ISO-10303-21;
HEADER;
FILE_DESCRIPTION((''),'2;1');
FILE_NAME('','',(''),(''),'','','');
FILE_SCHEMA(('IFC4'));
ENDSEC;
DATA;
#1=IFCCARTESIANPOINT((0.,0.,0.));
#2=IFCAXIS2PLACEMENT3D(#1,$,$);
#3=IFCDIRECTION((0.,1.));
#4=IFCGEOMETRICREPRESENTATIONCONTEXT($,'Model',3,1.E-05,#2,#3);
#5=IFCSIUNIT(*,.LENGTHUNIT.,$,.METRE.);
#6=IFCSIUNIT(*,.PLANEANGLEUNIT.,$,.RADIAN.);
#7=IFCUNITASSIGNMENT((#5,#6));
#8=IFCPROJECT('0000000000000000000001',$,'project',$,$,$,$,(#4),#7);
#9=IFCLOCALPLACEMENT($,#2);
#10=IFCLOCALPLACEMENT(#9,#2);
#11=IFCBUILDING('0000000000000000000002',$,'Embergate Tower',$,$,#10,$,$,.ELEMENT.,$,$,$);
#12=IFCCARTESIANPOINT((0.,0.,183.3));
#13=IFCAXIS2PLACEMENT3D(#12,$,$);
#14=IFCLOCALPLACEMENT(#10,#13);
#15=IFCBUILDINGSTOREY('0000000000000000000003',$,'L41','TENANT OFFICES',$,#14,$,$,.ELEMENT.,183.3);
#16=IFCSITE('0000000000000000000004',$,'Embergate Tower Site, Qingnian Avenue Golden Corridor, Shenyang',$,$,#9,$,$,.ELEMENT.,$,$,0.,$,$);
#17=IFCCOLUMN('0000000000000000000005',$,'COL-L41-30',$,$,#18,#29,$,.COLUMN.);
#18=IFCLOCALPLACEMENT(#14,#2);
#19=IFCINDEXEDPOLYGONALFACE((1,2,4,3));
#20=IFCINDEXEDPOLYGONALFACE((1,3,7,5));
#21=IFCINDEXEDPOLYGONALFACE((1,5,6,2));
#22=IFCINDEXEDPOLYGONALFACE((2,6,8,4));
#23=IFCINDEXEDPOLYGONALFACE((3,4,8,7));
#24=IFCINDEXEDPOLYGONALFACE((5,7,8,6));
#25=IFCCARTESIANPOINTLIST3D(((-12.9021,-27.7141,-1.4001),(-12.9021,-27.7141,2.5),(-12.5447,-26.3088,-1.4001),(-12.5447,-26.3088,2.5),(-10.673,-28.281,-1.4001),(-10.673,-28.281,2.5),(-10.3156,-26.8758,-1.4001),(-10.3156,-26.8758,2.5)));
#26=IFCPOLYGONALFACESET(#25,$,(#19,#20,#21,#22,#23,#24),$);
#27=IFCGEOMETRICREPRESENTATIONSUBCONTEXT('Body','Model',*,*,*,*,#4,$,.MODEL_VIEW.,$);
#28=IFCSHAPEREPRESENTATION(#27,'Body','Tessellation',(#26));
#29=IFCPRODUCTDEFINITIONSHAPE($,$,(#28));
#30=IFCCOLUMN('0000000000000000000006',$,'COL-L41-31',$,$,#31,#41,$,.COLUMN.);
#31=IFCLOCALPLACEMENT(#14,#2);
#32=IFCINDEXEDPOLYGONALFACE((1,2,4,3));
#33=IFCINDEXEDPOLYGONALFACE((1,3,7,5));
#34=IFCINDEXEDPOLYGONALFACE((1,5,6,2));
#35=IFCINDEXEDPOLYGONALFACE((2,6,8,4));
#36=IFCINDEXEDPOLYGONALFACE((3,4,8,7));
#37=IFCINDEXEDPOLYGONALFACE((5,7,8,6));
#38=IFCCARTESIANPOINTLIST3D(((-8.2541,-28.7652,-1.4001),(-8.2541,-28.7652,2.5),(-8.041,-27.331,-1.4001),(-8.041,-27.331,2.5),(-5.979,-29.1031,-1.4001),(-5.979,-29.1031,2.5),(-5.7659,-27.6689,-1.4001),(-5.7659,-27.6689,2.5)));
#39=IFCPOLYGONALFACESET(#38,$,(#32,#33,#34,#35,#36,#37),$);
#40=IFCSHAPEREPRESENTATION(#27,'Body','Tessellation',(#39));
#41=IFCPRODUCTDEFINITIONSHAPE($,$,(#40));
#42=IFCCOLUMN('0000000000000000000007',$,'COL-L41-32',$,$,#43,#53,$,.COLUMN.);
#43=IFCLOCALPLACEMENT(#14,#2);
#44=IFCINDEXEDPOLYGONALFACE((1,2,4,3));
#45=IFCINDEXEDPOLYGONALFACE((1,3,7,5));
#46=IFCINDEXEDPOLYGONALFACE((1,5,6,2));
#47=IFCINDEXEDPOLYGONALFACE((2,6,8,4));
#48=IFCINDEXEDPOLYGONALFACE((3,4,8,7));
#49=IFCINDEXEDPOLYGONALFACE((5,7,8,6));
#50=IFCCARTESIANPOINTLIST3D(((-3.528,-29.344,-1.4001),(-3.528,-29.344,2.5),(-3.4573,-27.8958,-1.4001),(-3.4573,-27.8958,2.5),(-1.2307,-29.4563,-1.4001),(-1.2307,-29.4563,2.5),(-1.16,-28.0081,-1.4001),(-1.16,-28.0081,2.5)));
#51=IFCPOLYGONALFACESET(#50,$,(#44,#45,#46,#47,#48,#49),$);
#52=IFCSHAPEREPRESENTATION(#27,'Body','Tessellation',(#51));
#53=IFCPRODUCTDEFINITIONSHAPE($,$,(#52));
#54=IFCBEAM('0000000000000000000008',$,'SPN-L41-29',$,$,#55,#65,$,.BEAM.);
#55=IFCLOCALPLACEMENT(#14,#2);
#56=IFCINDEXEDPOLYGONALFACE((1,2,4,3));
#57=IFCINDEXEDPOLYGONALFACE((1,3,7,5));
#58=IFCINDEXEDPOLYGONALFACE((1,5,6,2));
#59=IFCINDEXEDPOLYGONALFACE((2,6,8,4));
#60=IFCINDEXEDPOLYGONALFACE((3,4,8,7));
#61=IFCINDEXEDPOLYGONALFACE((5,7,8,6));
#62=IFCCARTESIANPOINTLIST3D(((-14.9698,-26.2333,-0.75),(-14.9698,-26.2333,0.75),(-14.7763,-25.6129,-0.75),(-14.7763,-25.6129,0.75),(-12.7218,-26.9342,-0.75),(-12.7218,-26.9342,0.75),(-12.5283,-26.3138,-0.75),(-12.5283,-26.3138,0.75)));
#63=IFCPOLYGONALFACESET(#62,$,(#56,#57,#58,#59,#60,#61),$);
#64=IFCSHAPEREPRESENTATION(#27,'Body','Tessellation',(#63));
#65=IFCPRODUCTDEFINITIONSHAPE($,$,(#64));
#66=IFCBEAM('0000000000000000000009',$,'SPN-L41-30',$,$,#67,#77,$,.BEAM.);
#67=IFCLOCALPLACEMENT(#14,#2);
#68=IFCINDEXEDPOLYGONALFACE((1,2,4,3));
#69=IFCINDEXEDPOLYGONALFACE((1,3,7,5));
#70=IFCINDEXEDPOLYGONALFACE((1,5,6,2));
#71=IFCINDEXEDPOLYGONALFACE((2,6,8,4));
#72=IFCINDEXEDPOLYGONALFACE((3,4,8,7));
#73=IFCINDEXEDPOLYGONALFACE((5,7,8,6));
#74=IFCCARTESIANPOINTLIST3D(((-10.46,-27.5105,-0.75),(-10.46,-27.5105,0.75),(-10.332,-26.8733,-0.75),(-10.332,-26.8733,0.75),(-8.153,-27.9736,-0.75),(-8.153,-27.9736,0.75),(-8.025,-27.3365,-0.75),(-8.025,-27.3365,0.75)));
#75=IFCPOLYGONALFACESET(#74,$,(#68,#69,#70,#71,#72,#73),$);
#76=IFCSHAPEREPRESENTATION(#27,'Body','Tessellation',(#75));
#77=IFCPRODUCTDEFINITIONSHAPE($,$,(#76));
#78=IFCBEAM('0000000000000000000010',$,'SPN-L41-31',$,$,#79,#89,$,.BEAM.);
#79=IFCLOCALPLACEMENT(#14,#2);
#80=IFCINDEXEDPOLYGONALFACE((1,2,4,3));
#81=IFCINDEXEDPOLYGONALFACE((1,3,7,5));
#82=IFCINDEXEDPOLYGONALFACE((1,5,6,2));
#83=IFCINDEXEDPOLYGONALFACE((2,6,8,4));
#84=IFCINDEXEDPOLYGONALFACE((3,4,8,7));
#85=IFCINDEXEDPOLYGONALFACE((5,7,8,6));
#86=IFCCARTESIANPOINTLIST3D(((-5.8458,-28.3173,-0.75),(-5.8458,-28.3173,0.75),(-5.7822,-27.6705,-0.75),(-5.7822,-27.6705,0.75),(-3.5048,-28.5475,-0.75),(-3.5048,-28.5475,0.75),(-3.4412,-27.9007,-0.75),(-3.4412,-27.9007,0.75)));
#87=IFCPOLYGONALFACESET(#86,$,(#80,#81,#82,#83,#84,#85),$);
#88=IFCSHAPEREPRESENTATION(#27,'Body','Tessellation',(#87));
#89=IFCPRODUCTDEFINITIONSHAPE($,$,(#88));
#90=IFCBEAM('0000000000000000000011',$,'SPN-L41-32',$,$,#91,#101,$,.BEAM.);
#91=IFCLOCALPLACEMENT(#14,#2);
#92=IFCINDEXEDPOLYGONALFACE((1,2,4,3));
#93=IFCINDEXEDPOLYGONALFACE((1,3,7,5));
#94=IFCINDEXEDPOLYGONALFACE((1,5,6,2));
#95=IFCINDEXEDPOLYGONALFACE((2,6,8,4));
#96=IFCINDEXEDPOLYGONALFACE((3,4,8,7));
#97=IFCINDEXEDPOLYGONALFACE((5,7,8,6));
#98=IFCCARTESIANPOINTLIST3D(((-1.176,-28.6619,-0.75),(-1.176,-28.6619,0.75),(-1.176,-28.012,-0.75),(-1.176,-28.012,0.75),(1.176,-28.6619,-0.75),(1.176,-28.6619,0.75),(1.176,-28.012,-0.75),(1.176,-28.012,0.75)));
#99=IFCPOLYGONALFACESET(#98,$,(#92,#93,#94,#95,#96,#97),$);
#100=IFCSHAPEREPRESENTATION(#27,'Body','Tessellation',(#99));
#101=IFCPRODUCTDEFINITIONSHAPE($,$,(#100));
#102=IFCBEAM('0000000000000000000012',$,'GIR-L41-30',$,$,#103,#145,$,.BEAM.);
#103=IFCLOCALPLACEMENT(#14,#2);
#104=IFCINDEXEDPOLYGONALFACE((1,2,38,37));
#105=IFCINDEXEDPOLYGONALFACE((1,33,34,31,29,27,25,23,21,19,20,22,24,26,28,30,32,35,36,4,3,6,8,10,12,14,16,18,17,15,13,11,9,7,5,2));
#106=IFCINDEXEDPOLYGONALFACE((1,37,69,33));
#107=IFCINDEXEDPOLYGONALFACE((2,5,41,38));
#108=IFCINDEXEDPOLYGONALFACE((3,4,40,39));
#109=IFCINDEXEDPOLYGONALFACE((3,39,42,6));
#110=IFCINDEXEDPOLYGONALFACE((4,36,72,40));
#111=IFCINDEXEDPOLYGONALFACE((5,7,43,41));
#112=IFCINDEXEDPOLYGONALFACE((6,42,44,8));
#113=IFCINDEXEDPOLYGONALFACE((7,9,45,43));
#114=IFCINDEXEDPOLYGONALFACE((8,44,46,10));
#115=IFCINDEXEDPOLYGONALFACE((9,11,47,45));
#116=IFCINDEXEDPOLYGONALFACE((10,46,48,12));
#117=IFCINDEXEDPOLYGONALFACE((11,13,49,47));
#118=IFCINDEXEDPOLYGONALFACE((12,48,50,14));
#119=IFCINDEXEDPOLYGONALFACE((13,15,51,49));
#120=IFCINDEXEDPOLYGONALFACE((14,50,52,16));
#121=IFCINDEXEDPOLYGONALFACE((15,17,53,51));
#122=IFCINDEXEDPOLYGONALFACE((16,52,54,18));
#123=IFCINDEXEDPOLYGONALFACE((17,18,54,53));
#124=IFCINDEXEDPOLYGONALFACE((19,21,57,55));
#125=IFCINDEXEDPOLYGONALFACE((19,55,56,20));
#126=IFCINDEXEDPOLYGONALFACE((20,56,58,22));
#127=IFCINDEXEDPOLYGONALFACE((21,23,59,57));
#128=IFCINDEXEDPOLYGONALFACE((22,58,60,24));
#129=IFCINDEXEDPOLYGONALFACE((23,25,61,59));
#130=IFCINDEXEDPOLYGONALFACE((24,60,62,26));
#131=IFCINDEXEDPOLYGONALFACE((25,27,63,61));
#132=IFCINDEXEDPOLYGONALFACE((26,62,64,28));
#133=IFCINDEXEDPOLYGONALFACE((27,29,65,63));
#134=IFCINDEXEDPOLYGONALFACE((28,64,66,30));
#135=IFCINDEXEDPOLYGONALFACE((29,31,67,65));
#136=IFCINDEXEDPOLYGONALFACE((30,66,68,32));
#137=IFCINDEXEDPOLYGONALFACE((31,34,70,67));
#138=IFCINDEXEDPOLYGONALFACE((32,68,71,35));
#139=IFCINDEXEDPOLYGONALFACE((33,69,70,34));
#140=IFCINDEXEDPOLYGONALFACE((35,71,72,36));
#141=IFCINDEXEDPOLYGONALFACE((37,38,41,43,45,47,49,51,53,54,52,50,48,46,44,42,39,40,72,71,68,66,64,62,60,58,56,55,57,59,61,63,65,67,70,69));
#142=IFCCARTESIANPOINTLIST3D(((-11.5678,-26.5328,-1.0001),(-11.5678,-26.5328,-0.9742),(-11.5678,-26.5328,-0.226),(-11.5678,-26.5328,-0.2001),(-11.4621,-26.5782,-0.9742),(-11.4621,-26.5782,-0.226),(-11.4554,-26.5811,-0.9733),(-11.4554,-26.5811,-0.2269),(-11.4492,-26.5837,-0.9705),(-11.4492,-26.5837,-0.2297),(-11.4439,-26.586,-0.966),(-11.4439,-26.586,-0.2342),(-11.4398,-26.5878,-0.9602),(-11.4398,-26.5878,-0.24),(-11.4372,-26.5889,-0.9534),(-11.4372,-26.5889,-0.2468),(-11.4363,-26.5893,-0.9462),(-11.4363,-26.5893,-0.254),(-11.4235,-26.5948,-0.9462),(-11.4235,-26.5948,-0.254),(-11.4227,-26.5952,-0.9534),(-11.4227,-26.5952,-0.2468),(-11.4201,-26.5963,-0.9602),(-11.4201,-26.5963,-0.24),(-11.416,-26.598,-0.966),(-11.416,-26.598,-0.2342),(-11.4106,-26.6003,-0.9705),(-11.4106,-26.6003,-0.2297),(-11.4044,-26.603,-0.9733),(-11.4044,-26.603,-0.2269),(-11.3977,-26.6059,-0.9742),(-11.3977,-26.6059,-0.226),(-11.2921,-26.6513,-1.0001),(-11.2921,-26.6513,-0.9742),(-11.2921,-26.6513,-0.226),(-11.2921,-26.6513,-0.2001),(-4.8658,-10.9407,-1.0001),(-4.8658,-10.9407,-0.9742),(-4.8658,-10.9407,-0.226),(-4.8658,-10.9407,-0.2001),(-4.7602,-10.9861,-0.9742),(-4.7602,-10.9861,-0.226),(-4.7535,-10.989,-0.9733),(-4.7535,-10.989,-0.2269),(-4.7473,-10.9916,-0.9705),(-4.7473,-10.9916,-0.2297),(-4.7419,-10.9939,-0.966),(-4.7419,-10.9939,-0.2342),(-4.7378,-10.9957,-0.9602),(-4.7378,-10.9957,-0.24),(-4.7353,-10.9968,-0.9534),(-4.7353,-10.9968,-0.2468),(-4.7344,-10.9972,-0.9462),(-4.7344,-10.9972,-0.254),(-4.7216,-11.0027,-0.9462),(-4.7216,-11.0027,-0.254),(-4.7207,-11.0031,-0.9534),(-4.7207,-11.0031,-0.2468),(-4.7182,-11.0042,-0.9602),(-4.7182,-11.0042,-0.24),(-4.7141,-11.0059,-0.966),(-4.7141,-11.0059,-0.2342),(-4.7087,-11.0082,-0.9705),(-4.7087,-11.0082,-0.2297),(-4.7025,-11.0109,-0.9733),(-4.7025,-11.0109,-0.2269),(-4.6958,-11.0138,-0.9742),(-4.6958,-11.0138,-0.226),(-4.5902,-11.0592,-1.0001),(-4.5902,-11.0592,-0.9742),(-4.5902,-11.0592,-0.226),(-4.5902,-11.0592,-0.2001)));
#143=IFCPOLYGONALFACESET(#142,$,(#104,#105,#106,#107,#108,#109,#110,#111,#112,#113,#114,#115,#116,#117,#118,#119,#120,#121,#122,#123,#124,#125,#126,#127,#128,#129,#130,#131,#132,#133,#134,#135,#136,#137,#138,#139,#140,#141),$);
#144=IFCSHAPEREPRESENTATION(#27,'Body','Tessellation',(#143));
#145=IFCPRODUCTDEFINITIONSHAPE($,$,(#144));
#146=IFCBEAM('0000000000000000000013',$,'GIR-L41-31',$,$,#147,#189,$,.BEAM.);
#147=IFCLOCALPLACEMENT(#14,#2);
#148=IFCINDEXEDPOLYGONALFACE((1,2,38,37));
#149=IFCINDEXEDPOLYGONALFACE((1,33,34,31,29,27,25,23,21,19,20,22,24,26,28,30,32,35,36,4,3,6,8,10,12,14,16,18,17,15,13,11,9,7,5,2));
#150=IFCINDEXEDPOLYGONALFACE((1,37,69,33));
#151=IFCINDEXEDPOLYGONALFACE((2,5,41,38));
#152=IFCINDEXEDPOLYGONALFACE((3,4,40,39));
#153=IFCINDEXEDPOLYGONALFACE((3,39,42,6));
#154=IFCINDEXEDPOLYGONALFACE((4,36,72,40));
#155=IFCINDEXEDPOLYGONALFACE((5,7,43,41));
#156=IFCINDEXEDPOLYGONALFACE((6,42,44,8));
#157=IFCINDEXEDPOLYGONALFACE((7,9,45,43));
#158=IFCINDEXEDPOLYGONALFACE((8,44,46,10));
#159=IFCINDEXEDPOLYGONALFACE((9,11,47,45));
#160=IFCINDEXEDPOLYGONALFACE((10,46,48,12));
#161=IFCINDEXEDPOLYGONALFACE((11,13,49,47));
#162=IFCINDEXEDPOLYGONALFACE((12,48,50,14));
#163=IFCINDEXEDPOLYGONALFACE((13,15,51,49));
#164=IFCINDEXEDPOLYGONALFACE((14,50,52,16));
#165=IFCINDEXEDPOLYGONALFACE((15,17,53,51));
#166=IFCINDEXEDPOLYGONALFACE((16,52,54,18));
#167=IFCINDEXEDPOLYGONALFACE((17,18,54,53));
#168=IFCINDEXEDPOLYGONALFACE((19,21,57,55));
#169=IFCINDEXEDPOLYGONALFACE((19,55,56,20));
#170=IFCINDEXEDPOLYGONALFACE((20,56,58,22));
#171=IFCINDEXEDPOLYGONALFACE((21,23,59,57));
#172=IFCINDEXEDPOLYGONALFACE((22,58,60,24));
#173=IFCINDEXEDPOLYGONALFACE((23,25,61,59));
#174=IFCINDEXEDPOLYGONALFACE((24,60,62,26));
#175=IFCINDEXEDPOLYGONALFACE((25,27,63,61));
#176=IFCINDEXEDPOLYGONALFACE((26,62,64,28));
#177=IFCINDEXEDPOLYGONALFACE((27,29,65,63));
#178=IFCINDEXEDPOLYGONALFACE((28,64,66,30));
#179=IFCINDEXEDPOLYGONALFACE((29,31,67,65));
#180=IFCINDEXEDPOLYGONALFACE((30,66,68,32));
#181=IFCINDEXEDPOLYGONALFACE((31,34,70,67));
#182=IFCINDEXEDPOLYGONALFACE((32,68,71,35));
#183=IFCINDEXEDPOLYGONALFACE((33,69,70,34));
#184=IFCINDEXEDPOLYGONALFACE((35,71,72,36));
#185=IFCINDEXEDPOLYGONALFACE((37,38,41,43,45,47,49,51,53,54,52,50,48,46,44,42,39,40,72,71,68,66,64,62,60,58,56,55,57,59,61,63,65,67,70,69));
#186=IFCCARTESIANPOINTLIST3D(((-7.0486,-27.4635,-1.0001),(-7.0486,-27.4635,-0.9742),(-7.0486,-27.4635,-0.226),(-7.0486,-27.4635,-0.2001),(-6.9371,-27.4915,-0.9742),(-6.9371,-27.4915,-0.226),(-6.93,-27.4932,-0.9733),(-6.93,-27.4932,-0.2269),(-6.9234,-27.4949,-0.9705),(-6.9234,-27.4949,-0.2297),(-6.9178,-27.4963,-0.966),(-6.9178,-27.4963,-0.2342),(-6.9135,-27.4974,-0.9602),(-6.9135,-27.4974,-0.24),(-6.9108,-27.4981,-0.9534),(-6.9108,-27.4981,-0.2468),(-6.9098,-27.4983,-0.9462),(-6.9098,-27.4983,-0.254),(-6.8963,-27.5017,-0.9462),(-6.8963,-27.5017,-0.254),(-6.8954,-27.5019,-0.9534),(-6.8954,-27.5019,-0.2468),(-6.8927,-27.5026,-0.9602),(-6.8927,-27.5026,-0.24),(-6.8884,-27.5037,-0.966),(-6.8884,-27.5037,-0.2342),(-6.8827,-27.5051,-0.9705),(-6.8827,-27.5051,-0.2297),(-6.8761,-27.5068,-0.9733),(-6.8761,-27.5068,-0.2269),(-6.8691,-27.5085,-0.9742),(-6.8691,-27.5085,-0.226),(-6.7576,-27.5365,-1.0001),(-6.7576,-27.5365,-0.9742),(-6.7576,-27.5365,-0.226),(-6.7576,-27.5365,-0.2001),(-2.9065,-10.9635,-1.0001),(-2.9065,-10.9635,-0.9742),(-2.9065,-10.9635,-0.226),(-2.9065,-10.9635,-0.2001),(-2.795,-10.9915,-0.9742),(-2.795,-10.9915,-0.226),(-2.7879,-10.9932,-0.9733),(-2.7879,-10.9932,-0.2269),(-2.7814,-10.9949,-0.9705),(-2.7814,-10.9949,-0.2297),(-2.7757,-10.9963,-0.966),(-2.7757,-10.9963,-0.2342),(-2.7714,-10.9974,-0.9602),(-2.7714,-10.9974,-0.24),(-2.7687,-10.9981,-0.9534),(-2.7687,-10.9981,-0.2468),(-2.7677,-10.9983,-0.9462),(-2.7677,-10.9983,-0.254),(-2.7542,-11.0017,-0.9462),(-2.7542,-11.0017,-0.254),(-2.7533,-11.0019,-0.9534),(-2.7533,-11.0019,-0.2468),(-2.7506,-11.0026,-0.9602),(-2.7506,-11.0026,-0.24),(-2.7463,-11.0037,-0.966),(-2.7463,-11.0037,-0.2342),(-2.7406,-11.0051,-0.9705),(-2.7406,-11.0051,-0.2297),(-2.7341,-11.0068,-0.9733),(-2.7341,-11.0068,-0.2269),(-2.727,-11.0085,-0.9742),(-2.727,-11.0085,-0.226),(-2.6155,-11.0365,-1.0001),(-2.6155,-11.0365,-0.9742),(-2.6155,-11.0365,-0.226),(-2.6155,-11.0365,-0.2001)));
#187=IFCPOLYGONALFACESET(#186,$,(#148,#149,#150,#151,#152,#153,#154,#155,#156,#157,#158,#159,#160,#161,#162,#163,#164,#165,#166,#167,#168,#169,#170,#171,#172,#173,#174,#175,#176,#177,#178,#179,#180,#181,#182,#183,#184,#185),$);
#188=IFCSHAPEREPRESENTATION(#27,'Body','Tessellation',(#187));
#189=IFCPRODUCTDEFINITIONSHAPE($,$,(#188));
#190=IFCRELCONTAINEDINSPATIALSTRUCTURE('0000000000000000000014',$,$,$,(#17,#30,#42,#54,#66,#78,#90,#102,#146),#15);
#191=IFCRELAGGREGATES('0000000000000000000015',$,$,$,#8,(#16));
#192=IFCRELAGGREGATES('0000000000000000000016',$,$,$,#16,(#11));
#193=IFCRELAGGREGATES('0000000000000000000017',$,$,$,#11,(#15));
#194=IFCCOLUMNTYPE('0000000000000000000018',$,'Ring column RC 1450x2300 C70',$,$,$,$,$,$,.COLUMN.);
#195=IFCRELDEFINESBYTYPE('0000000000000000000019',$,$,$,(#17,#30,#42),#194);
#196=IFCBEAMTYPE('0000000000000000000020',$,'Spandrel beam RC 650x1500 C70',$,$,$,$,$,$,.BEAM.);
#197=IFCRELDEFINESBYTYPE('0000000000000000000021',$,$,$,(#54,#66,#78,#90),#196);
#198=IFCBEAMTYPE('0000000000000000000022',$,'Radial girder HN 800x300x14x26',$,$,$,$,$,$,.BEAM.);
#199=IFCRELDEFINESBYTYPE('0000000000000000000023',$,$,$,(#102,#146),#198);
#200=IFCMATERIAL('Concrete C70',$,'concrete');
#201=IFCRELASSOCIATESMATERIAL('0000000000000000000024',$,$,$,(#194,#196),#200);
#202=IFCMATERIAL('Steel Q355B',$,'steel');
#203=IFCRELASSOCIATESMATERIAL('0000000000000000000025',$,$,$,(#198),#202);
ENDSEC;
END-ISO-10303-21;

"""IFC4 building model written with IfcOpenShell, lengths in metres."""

from ifc_helpers import new_model, si_unit, direction, frame, origin, origin_2d, place, context, subcontext, project, spatial, rectangle, i_section, extrude, source, transform, mapped, material, material_profile, profile_set, type_object, element, save


model = new_model("IFC4")

# Units and contexts
model_context = context("Model", 3, precision=1e-05, world=origin(), true_north=direction((0.0, 1.0)))
body_context = subcontext(model_context, "Body", "Model", "MODEL_VIEW")
ifc_project = project(units=[si_unit("LENGTHUNIT", "METRE"), si_unit("PLANEANGLEUNIT", "RADIAN")], contexts=[model_context])

# Site, building, storey
site_placement = place(None, origin())
site = spatial("IfcSite", under=ifc_project, at=site_placement, Name="Embergate Tower Site, Qingnian Avenue Golden Corridor, Shenyang", CompositionType="ELEMENT", RefElevation=0.0)
building_placement = place(site_placement, origin())
building = spatial("IfcBuilding", under=site, at=building_placement, Name="Embergate Tower", CompositionType="ELEMENT")
storey_placement = place(building_placement, frame((0.0, 0.0, 183.3)))
storey = spatial("IfcBuildingStorey", under=building, at=storey_placement, Name="L41", Description="TENANT OFFICES", CompositionType="ELEMENT", Elevation=183.3)

# Columns
ifc_material_1 = material(Name="Concrete C70", Category="concrete")
ifc_material_profile_1 = material_profile(ifc_material_1, rectangle(XDim=1.45, YDim=2.3, at=origin_2d()), Name="RC 1450x2300")
ifc_profile_set_1 = profile_set([ifc_material_profile_1], Name="Concrete C70")
column_type = type_object("IfcColumnType", Name="Ring column RC 1450x2300 C70", PredefinedType="COLUMN", material=ifc_profile_set_1)
shared_shape_1 = source(origin(), body_context, "Body", "SweptSolid", [
    extrude(rectangle(XDim=1.45, YDim=2.3, at=origin_2d()), origin(), (0.0, 0.0, 1.0), 3.9001),
])
for number, where, z_axis, x_axis, name in (
    (1, (-11.6089, -27.2949, -1.4001), (0.0, 0.0, 1.0), (-0.246492, -0.969145, 0.0), "COL-L41-30"),
    (2, (-7.01, -28.217, -1.4001), (0.0, 0.0, 1.0), (-0.146929, -0.989147, 0.0), "COL-L41-31"),
    (3, (-2.344, -28.676, -1.4001), (0.0, 0.0, 1.0), (-0.048815, -0.998808, 0.0), "COL-L41-32"),
):
    element("IfcColumn", number, at=place(storey_placement, frame(where, z_axis=z_axis, x_axis=x_axis)), inside=storey, type_object=column_type, Name=name, PredefinedType="COLUMN", context=body_context, shape_type="MappedRepresentation", body=[
        mapped(shared_shape_1, transform((0.0, 0.0, 0.0))),
    ])

# Beams
ifc_material_profile_2 = material_profile(ifc_material_1, rectangle(XDim=0.6499, YDim=1.5, at=origin_2d()), Name="RC 650x1500")
ifc_profile_set_2 = profile_set([ifc_material_profile_2], Name="Concrete C70")
beam_type_1 = type_object("IfcBeamType", Name="Spandrel beam RC 650x1500 C70", PredefinedType="BEAM", material=ifc_profile_set_2)
shared_shape_2 = source(origin(), body_context, "Body", "SweptSolid", [
    extrude(rectangle(XDim=0.6499, YDim=1.5, at=origin_2d()), origin(), (0.0, 0.0, 1.0), 2.3547),
])
beam_1_placement = place(storey_placement, frame((-14.873, -25.9231, 0.0), z_axis=(0.954672, -0.297661, 0.0), x_axis=(0.297661, 0.954672, 0.0)))
element("IfcBeam", 4, at=beam_1_placement, inside=storey, type_object=beam_type_1, Name="SPN-L41-29", PredefinedType="BEAM", context=body_context, shape_type="MappedRepresentation", body=[
    mapped(shared_shape_2, transform((0.0, 0.0, 0.0))),
])
shared_shape_3 = source(origin(), body_context, "Body", "SweptSolid", [
    extrude(rectangle(XDim=0.6499, YDim=1.5, at=origin_2d()), origin(), (0.0, 0.0, 1.0), 2.353),
])
beam_2_placement = place(storey_placement, frame((-10.396, -27.1919, 0.0), z_axis=(0.980437, -0.196834, 0.0), x_axis=(0.196834, 0.980437, 0.0)))
element("IfcBeam", 5, at=beam_2_placement, inside=storey, type_object=beam_type_1, Name="SPN-L41-30", PredefinedType="BEAM", context=body_context, shape_type="MappedRepresentation", body=[
    mapped(shared_shape_3, transform((0.0, 0.0, 0.0))),
])
shared_shape_4 = source(origin(), body_context, "Body", "SweptSolid", [
    extrude(rectangle(XDim=0.6499, YDim=1.5, at=origin_2d()), origin(), (0.0, 0.0, 1.0), 2.3523),
])
beam_3_placement = place(storey_placement, frame((-5.814, -27.9939, 0.0), z_axis=(0.995199, -0.09787, 0.0), x_axis=(0.09787, 0.995199, 0.0)))
element("IfcBeam", 6, at=beam_3_placement, inside=storey, type_object=beam_type_1, Name="SPN-L41-31", PredefinedType="BEAM", context=body_context, shape_type="MappedRepresentation", body=[
    mapped(shared_shape_4, transform((0.0, 0.0, 0.0))),
])
shared_shape_5 = source(origin(), body_context, "Body", "SweptSolid", [
    extrude(rectangle(XDim=0.6499, YDim=1.5, at=origin_2d()), origin(), (0.0, 0.0, 1.0), 2.3521),
])
beam_4_placement = place(storey_placement, frame((-1.176, -28.3369, 0.0), z_axis=(1.0, 0.0, 0.0), x_axis=(0.0, 1.0, 0.0)))
element("IfcBeam", 7, at=beam_4_placement, inside=storey, type_object=beam_type_1, Name="SPN-L41-32", PredefinedType="BEAM", context=body_context, shape_type="MappedRepresentation", body=[
    mapped(shared_shape_5, transform((0.0, 0.0, 0.0))),
])
ifc_material_2 = material(Name="Steel Q355B", Category="steel")
ifc_material_profile_3 = material_profile(ifc_material_2, i_section(OverallWidth=0.3, OverallDepth=0.8, WebThickness=0.0139, FlangeThickness=0.0259, FilletRadius=0.0281, at=origin_2d()), Name="HN 800x300x14x26")
ifc_profile_set_3 = profile_set([ifc_material_profile_3], Name="Steel Q355 grade B")
beam_type_2 = type_object("IfcBeamType", Name="Radial girder HN 800x300x14x26", PredefinedType="BEAM", material=ifc_profile_set_3)
shared_shape_6 = source(origin(), body_context, "Body", "SweptSolid", [
    extrude(i_section(OverallWidth=0.3, OverallDepth=0.8, WebThickness=0.0139, FlangeThickness=0.0259, FilletRadius=0.0281, at=origin_2d()), origin(), (0.0, 0.0, 1.0), 16.9714),
])
beam_5_placement = place(storey_placement, frame((-11.4299, -26.592, -0.6001), z_axis=(0.394895, 0.918726, 0.0), x_axis=(-0.918726, 0.394895, 0.0)))
element("IfcBeam", 8, at=beam_5_placement, inside=storey, type_object=beam_type_2, Name="GIR-L41-30", PredefinedType="BEAM", context=body_context, shape_type="MappedRepresentation", body=[
    mapped(shared_shape_6, transform((0.0, 0.0, 0.0))),
])
shared_shape_7 = source(origin(), body_context, "Body", "SweptSolid", [
    extrude(i_section(OverallWidth=0.3, OverallDepth=0.8, WebThickness=0.0139, FlangeThickness=0.0259, FilletRadius=0.0281, at=origin_2d()), origin(), (0.0, 0.0, 1.0), 17.012),
])
beam_6_placement = place(storey_placement, frame((-6.9031, -27.5, -0.6001), z_axis=(0.243481, 0.969906, 0.0), x_axis=(-0.969906, 0.243481, 0.0)))
element("IfcBeam", 9, at=beam_6_placement, inside=storey, type_object=beam_type_2, Name="GIR-L41-31", PredefinedType="BEAM", context=body_context, shape_type="MappedRepresentation", body=[
    mapped(shared_shape_7, transform((0.0, 0.0, 0.0))),
])

save(model, "model.ifc")
